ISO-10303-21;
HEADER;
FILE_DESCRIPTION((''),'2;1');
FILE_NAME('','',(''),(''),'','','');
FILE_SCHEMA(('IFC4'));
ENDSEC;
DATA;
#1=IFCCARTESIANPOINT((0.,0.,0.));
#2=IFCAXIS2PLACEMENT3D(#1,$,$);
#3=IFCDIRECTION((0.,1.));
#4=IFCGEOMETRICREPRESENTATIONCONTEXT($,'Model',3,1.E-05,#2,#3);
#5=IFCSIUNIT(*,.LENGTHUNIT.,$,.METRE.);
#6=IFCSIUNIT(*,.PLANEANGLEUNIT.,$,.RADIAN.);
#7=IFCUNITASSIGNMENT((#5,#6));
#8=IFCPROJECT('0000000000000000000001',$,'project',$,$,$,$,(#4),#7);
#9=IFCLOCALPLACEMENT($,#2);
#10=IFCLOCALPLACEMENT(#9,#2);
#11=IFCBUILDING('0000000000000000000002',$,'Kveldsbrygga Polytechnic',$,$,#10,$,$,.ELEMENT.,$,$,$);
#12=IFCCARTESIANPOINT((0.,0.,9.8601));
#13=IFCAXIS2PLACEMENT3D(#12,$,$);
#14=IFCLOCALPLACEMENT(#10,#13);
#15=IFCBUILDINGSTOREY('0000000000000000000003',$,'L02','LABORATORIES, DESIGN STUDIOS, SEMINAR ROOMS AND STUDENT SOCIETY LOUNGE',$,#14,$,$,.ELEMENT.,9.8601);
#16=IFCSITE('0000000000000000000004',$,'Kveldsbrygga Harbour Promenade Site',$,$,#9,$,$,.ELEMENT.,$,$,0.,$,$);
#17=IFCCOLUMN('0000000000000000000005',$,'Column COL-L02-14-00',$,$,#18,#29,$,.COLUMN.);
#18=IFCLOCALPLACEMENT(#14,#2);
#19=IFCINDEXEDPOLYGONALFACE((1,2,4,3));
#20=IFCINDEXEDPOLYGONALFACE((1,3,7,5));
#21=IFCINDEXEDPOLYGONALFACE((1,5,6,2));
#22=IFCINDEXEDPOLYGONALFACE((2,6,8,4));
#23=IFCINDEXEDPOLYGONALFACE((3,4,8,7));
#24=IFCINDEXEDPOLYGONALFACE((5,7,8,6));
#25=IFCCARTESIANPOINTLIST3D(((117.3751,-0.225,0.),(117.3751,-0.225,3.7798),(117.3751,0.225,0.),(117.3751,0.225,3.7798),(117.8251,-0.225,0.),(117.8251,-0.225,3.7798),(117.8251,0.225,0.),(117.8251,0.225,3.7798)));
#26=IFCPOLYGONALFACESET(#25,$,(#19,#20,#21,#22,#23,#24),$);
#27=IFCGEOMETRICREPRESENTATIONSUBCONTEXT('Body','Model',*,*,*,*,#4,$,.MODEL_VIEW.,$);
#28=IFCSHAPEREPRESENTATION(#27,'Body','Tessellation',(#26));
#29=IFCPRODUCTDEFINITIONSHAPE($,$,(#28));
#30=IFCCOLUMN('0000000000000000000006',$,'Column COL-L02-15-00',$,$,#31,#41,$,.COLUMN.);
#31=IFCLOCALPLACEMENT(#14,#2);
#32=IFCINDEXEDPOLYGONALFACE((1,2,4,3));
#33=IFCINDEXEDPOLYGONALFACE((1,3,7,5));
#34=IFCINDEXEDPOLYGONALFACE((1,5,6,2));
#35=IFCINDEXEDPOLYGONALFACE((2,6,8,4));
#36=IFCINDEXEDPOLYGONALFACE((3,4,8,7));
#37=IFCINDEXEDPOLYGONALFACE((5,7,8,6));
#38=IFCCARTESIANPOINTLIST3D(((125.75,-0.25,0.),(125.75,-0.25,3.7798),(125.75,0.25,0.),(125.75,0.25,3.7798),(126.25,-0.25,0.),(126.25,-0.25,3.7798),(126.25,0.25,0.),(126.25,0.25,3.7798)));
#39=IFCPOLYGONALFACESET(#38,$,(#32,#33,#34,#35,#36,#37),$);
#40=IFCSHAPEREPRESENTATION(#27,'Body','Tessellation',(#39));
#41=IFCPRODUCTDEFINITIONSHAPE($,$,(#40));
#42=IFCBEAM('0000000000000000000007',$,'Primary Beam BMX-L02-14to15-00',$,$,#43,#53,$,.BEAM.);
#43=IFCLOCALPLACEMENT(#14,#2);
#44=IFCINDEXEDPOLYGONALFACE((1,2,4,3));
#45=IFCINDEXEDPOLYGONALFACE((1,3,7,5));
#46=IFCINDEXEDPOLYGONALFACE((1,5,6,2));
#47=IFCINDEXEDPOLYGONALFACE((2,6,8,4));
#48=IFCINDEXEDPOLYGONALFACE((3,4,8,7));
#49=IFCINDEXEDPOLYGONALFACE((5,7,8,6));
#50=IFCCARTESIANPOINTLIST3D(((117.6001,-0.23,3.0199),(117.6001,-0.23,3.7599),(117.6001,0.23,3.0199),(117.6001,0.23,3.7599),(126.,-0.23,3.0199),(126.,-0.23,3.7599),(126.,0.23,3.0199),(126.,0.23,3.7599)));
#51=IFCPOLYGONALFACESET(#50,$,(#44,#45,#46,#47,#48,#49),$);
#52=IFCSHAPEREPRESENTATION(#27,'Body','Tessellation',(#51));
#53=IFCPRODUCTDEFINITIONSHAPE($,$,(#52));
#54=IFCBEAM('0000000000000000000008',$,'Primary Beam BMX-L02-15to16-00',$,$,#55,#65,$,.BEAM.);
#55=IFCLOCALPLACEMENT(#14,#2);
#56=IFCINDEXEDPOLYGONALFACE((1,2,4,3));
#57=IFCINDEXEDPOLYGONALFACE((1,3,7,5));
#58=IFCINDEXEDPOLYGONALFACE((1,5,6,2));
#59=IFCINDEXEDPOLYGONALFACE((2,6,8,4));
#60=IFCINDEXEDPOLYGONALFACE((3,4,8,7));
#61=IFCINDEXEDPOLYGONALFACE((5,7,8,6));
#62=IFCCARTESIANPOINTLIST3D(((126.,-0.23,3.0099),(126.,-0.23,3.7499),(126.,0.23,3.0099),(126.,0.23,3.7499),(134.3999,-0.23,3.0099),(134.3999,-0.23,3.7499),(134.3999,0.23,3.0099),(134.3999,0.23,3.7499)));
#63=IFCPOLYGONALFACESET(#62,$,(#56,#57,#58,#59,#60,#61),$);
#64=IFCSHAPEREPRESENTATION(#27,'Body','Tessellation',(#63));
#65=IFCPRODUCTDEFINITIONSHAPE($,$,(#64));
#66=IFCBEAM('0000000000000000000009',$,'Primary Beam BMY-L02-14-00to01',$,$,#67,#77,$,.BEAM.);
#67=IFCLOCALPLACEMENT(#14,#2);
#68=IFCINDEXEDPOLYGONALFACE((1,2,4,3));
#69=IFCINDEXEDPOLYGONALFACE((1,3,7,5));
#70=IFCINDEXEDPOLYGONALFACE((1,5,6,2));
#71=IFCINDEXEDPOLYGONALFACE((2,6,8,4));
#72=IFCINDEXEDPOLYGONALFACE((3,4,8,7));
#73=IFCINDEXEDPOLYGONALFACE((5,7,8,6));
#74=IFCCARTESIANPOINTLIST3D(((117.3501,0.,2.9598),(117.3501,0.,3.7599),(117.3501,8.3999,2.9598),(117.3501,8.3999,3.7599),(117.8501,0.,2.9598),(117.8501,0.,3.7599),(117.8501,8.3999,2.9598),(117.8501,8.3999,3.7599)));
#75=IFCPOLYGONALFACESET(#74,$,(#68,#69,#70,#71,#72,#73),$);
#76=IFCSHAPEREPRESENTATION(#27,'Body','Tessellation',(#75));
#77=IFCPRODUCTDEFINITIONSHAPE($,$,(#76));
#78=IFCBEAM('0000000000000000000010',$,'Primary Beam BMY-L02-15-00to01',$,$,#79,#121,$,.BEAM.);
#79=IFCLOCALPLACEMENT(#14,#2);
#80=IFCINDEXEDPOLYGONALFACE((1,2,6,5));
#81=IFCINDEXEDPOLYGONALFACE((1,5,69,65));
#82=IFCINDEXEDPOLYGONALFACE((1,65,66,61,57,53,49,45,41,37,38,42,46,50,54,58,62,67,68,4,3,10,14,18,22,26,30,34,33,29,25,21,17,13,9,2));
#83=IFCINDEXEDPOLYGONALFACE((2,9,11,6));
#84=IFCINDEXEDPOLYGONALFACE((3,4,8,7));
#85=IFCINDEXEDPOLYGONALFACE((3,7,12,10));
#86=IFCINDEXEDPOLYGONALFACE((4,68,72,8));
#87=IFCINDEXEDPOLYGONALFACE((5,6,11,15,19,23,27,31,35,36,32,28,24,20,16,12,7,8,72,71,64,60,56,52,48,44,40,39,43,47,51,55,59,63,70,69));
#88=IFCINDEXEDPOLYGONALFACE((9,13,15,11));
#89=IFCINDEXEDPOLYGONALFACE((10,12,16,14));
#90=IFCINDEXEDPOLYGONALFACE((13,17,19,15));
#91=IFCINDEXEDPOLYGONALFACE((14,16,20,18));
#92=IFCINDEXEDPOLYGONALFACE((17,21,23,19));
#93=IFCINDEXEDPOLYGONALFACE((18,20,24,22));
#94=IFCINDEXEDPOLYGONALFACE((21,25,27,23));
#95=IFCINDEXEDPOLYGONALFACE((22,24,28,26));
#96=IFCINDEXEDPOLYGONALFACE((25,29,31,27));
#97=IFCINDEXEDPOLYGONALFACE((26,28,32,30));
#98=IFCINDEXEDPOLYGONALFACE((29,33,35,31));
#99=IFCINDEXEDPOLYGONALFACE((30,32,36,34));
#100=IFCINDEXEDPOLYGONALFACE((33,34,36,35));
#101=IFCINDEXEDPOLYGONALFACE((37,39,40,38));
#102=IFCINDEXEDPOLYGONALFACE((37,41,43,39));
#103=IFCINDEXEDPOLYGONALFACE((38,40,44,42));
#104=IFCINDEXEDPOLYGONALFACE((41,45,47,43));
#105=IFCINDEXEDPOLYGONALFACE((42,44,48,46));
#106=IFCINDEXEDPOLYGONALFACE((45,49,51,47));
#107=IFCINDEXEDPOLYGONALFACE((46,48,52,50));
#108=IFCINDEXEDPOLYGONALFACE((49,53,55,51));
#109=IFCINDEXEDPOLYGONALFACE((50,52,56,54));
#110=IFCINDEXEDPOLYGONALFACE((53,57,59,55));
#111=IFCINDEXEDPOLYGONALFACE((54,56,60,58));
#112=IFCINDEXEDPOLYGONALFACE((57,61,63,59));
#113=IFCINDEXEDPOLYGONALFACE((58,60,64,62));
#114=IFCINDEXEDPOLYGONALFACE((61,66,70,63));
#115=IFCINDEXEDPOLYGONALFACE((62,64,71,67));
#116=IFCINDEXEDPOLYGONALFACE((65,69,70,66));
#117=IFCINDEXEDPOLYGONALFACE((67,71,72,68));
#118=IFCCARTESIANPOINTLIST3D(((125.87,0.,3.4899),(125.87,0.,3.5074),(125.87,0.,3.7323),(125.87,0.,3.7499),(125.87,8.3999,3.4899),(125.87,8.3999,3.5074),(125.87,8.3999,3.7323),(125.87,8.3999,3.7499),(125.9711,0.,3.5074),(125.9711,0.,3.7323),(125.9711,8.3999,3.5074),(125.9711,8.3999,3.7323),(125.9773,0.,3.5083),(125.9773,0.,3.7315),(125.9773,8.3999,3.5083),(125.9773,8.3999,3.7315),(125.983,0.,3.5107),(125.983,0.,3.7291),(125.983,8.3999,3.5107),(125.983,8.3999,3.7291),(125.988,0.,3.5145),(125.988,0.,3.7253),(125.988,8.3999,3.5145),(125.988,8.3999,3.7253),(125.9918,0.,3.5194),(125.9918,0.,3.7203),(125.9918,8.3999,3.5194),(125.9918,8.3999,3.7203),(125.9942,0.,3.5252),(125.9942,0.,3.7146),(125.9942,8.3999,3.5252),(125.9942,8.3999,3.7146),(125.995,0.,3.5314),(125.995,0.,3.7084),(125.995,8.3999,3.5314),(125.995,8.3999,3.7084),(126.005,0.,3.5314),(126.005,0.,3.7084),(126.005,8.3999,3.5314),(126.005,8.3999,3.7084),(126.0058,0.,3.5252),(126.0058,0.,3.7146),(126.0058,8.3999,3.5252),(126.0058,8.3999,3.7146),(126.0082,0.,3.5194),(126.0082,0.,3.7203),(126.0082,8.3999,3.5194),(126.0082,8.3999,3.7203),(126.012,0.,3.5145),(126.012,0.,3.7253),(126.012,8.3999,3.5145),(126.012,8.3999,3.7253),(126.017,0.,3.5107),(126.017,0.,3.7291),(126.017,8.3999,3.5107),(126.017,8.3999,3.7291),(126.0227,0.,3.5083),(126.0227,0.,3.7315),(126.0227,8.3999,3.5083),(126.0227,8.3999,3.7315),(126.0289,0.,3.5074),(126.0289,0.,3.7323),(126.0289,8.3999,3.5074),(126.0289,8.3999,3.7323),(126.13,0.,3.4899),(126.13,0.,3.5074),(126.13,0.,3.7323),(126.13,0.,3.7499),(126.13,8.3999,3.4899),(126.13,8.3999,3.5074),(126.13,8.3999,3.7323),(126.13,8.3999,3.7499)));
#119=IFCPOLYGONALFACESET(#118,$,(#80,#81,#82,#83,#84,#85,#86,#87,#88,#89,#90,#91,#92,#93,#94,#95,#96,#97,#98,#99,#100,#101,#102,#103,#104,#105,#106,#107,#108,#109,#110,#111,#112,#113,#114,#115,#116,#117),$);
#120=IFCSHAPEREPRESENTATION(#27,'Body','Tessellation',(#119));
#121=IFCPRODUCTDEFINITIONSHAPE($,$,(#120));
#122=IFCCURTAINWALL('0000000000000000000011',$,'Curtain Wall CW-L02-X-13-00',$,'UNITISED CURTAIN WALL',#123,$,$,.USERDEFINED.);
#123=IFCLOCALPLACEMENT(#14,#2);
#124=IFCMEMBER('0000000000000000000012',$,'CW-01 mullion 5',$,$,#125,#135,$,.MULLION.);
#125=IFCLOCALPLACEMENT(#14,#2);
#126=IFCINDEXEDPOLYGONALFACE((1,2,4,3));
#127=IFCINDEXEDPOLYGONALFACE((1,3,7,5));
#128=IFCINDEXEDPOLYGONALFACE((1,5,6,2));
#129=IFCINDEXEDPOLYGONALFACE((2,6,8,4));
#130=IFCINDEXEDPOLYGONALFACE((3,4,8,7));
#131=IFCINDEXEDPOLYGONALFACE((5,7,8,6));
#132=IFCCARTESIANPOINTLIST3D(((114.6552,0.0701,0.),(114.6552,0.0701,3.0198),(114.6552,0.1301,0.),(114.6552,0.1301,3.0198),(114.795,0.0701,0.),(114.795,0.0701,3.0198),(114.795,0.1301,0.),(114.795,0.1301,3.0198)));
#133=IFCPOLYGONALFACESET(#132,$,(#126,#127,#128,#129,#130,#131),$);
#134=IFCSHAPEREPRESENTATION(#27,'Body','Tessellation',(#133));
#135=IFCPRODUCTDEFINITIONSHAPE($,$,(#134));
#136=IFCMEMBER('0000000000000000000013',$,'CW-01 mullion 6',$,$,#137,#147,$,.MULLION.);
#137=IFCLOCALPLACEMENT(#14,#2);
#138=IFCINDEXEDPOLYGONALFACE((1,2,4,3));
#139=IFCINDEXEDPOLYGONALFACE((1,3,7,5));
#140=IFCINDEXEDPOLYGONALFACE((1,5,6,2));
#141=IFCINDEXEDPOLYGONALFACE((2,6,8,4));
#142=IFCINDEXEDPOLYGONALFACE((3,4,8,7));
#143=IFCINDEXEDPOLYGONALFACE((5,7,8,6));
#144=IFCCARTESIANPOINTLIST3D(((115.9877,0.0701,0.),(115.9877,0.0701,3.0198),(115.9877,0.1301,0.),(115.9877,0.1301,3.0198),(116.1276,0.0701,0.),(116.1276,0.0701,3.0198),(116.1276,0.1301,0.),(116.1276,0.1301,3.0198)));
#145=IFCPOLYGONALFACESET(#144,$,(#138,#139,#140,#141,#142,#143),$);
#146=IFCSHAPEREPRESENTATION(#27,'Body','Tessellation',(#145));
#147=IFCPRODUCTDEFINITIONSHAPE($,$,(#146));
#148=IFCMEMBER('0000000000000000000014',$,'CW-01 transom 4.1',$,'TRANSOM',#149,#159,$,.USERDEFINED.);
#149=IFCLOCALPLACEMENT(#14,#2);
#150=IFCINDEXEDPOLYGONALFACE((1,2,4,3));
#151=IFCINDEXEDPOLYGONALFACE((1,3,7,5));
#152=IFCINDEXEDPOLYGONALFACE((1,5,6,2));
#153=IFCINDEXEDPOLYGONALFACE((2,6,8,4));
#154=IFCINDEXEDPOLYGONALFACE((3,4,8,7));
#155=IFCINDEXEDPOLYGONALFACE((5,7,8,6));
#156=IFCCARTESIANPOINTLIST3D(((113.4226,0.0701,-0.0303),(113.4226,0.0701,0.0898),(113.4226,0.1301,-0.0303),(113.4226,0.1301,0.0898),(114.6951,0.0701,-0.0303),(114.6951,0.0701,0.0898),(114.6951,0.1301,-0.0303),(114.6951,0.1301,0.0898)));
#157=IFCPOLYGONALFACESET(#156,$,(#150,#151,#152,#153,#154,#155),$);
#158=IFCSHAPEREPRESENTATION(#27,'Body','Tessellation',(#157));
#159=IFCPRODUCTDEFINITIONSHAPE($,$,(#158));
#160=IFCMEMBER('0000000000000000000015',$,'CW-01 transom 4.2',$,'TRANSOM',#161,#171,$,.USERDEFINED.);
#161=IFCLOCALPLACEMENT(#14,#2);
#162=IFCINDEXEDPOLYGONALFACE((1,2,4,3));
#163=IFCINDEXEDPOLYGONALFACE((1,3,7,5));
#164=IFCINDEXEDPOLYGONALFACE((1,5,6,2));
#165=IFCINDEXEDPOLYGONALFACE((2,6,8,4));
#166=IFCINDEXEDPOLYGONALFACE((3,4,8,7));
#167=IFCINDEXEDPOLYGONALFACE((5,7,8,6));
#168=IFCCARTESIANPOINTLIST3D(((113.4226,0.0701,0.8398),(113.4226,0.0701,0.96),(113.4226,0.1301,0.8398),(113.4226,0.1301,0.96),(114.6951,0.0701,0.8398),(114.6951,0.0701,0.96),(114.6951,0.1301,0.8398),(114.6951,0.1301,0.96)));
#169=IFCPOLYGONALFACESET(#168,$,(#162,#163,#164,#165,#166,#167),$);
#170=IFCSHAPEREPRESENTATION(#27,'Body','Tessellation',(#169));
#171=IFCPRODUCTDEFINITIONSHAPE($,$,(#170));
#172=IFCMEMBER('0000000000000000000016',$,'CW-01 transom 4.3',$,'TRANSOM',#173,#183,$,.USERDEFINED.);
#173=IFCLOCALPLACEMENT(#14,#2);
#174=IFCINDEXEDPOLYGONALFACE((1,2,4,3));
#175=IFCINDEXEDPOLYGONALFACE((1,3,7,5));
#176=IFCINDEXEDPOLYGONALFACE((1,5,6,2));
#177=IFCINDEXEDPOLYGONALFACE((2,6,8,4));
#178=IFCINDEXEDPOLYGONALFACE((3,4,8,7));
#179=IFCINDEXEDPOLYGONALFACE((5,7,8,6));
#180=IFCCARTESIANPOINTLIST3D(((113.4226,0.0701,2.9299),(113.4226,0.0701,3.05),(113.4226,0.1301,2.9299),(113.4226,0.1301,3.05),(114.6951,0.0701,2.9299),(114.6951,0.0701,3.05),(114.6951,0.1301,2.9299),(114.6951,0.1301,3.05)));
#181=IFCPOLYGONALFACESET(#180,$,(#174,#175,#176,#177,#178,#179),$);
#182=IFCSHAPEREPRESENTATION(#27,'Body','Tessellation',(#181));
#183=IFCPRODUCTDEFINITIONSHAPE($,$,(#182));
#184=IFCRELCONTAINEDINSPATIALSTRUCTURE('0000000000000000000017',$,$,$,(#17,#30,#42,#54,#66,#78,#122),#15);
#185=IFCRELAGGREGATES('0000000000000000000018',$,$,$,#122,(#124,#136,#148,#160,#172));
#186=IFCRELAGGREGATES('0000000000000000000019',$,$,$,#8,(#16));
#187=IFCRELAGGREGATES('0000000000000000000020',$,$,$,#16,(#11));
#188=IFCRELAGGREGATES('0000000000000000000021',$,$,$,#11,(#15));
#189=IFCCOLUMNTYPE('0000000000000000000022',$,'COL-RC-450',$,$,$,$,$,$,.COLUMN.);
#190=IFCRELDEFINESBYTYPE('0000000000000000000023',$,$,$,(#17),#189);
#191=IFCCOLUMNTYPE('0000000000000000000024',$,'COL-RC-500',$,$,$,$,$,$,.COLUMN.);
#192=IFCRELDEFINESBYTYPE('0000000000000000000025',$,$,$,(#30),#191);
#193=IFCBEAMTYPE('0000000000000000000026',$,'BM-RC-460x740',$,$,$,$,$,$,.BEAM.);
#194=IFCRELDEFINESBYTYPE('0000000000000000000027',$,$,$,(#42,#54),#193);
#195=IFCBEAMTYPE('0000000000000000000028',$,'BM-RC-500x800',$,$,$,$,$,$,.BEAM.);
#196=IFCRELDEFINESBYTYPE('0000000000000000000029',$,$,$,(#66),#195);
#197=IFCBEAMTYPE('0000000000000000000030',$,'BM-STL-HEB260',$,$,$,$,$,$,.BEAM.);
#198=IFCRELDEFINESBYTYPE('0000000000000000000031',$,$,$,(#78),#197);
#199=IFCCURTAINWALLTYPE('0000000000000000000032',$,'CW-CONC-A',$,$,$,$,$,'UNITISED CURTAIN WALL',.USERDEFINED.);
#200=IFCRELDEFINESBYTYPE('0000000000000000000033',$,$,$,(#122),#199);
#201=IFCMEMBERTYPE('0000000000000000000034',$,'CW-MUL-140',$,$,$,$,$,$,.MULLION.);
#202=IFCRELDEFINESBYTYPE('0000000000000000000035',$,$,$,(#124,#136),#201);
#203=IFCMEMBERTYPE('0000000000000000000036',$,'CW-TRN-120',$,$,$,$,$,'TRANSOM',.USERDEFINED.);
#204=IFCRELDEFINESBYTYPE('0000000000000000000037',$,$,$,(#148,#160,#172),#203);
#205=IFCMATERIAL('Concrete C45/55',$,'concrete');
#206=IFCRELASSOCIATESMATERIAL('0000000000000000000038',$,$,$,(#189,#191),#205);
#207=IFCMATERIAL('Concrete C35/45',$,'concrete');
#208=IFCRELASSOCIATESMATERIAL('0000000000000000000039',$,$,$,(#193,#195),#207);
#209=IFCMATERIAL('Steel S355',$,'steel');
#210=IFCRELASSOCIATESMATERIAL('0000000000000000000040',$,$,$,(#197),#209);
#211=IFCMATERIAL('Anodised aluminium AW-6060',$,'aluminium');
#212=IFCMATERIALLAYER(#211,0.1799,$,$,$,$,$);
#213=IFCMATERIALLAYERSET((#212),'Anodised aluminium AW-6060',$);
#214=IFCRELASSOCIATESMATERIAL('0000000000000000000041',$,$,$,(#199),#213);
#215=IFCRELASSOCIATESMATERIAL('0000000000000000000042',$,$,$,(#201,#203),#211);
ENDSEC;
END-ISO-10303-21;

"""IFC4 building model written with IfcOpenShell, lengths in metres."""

from ifc_helpers import new_model, si_unit, direction, frame, origin, origin_2d, place, context, subcontext, project, spatial, rectangle, i_section, extrude, material, layer, layer_set, material_profile, profile_set, type_object, element, aggregate, save


model = new_model("IFC4")

# Units and contexts
model_context = context("Model", 3, precision=1e-05, world=origin(), true_north=direction((0.0, 1.0)))
body_context = subcontext(model_context, "Body", "Model", "MODEL_VIEW")
ifc_project = project(units=[si_unit("LENGTHUNIT", "METRE"), si_unit("PLANEANGLEUNIT", "RADIAN")], contexts=[model_context])

# Site, building, storey
site_placement = place(None, origin())
site = spatial("IfcSite", under=ifc_project, at=site_placement, Name="Kveldsbrygga Harbour Promenade Site", CompositionType="ELEMENT", RefElevation=0.0)
building_placement = place(site_placement, origin())
building = spatial("IfcBuilding", under=site, at=building_placement, Name="Kveldsbrygga Polytechnic", CompositionType="ELEMENT")
storey_placement = place(building_placement, frame((0.0, 0.0, 9.8601)))
storey = spatial("IfcBuildingStorey", under=building, at=storey_placement, Name="L02", Description="LABORATORIES, DESIGN STUDIOS, SEMINAR ROOMS AND STUDENT SOCIETY LOUNGE", CompositionType="ELEMENT", Elevation=9.8601)

# Columns
ifc_material_1 = material(Name="Concrete C45/55", Category="concrete")
ifc_material_profile_1 = material_profile(ifc_material_1, rectangle(XDim=0.45, YDim=0.45, at=origin_2d()), Name="RC 450x450")
ifc_profile_set_1 = profile_set([ifc_material_profile_1], Name="Concrete C45/55")
column_type_1 = type_object("IfcColumnType", Name="COL-RC-450", PredefinedType="COLUMN", material=ifc_profile_set_1)
column_1_placement = place(storey_placement, frame((117.6001, 0.0, 0.0), z_axis=(0.0, 0.0, 1.0), x_axis=(1.0, 0.0, 0.0)))
element("IfcColumn", 1, at=column_1_placement, inside=storey, type_object=column_type_1, Name="Column COL-L02-14-00", PredefinedType="COLUMN", context=body_context, shape_type="SweptSolid", body=[
    extrude(rectangle(XDim=0.45, YDim=0.45, at=origin_2d()), origin(), (0.0, 0.0, 1.0), 3.7798),
])
ifc_material_profile_2 = material_profile(ifc_material_1, rectangle(XDim=0.5, YDim=0.5, at=origin_2d()), Name="RC 500x500")
ifc_profile_set_2 = profile_set([ifc_material_profile_2], Name="Concrete C45/55")
column_type_2 = type_object("IfcColumnType", Name="COL-RC-500", PredefinedType="COLUMN", material=ifc_profile_set_2)
column_2_placement = place(storey_placement, frame((126.0, 0.0, 0.0), z_axis=(0.0, 0.0, 1.0), x_axis=(1.0, 0.0, 0.0)))
element("IfcColumn", 2, at=column_2_placement, inside=storey, type_object=column_type_2, Name="Column COL-L02-15-00", PredefinedType="COLUMN", context=body_context, shape_type="SweptSolid", body=[
    extrude(rectangle(XDim=0.5, YDim=0.5, at=origin_2d()), origin(), (0.0, 0.0, 1.0), 3.7798),
])

# Beams
ifc_material_2 = material(Name="Concrete C35/45", Category="concrete")
ifc_material_profile_3 = material_profile(ifc_material_2, rectangle(XDim=0.46, YDim=0.74, at=origin_2d()), Name="RC 460x740")
ifc_profile_set_3 = profile_set([ifc_material_profile_3], Name="Concrete C35/45")
beam_type_1 = type_object("IfcBeamType", Name="BM-RC-460x740", PredefinedType="BEAM", material=ifc_profile_set_3)
for number, where, z_axis, x_axis, name in (
    (3, (117.6001, 0.0, 3.3899), (1.0, 0.0, 0.0), (0.0, 1.0, 0.0), "Primary Beam BMX-L02-14to15-00"),
    (4, (126.0, 0.0, 3.3799), (1.0, 0.0, 0.0), (0.0, 1.0, 0.0), "Primary Beam BMX-L02-15to16-00"),
):
    element("IfcBeam", number, at=place(storey_placement, frame(where, z_axis=z_axis, x_axis=x_axis)), inside=storey, type_object=beam_type_1, Name=name, PredefinedType="BEAM", context=body_context, shape_type="SweptSolid", body=[
        extrude(rectangle(XDim=0.46, YDim=0.74, at=origin_2d()), origin(), (0.0, 0.0, 1.0), 8.3999),
    ])
ifc_material_profile_4 = material_profile(ifc_material_2, rectangle(XDim=0.5, YDim=0.8, at=origin_2d()), Name="RC 500x800")
ifc_profile_set_4 = profile_set([ifc_material_profile_4], Name="Concrete C35/45")
beam_type_2 = type_object("IfcBeamType", Name="BM-RC-500x800", PredefinedType="BEAM", material=ifc_profile_set_4)
beam_1_placement = place(storey_placement, frame((117.6001, 0.0, 3.3599), z_axis=(0.0, 1.0, 0.0), x_axis=(-1.0, 0.0, 0.0)))
element("IfcBeam", 5, at=beam_1_placement, inside=storey, type_object=beam_type_2, Name="Primary Beam BMY-L02-14-00to01", PredefinedType="BEAM", context=body_context, shape_type="SweptSolid", body=[
    extrude(rectangle(XDim=0.5, YDim=0.8, at=origin_2d()), origin(), (0.0, 0.0, 1.0), 8.3999),
])
ifc_material_3 = material(Name="Steel S355", Category="steel")
ifc_material_profile_5 = material_profile(ifc_material_3, i_section(OverallWidth=0.26, OverallDepth=0.26, WebThickness=0.01, FlangeThickness=0.0176, FilletRadius=0.0239, at=origin_2d()), Name="HEB 260")
ifc_profile_set_5 = profile_set([ifc_material_profile_5], Name="Steel S355")
beam_type_3 = type_object("IfcBeamType", Name="BM-STL-HEB260", PredefinedType="BEAM", material=ifc_profile_set_5)
beam_2_placement = place(storey_placement, frame((126.0, 0.0, 3.6199), z_axis=(0.0, 1.0, 0.0), x_axis=(-1.0, 0.0, 0.0)))
element("IfcBeam", 6, at=beam_2_placement, inside=storey, type_object=beam_type_3, Name="Primary Beam BMY-L02-15-00to01", PredefinedType="BEAM", context=body_context, shape_type="SweptSolid", body=[
    extrude(i_section(OverallWidth=0.26, OverallDepth=0.26, WebThickness=0.01, FlangeThickness=0.0176, FilletRadius=0.0239, at=origin_2d()), origin(), (0.0, 0.0, 1.0), 8.3999),
])

# Curtain wall, members
ifc_material_4 = material(Name="Anodised aluminium AW-6060", Category="aluminium")
ifc_layer_1 = layer(ifc_material_4, 0.1799)
ifc_layer_set_1 = layer_set([ifc_layer_1], Name="Anodised aluminium AW-6060")
curtain_wall_type = type_object("IfcCurtainWallType", Name="CW-CONC-A", ElementType="UNITISED CURTAIN WALL", PredefinedType="USERDEFINED", material=ifc_layer_set_1)
curtain_wall_placement = place(storey_placement, origin())
curtain_wall = element("IfcCurtainWall", 7, at=curtain_wall_placement, inside=storey, type_object=curtain_wall_type, Name="Curtain Wall CW-L02-X-13-00", ObjectType="UNITISED CURTAIN WALL", PredefinedType="USERDEFINED")
ifc_material_profile_6 = material_profile(ifc_material_4, rectangle(XDim=0.0601, YDim=0.1399, at=origin_2d()), Name="ALU 60x140")
ifc_profile_set_6 = profile_set([ifc_material_profile_6], Name="Anodised aluminium AW-6060")
member_type_1 = type_object("IfcMemberType", Name="CW-MUL-140", PredefinedType="MULLION", material=ifc_profile_set_6)
member_1_placement = place(storey_placement, frame((114.7251, 0.1001, 0.0), z_axis=(0.0, 0.0, 1.0), x_axis=(0.0, 1.0, 0.0)))
member_1 = element("IfcMember", 8, at=member_1_placement, type_object=member_type_1, Name="CW-01 mullion 5", PredefinedType="MULLION", context=body_context, shape_type="SweptSolid", body=[
    extrude(rectangle(XDim=0.0601, YDim=0.1399, at=origin_2d()), origin(), (0.0, 0.0, 1.0), 3.0198),
])
member_2_placement = place(storey_placement, frame((116.0576, 0.1001, 0.0), z_axis=(0.0, 0.0, 1.0), x_axis=(0.0, 1.0, 0.0)))
member_2 = element("IfcMember", 9, at=member_2_placement, type_object=member_type_1, Name="CW-01 mullion 6", PredefinedType="MULLION", context=body_context, shape_type="SweptSolid", body=[
    extrude(rectangle(XDim=0.0601, YDim=0.1399, at=origin_2d()), origin(), (0.0, 0.0, 1.0), 3.0198),
])
ifc_material_profile_7 = material_profile(ifc_material_4, rectangle(XDim=0.0601, YDim=0.1201, at=origin_2d()), Name="ALU 60x120")
ifc_profile_set_7 = profile_set([ifc_material_profile_7], Name="Anodised aluminium AW-6060")
member_type_2 = type_object("IfcMemberType", Name="CW-TRN-120", ElementType="TRANSOM", PredefinedType="USERDEFINED", material=ifc_profile_set_7)
member_3_placement = place(storey_placement, frame((113.4226, 0.1001, 0.0298), z_axis=(1.0, 0.0, 0.0), x_axis=(0.0, 1.0, 0.0)))
member_3 = element("IfcMember", 10, at=member_3_placement, type_object=member_type_2, Name="CW-01 transom 4.1", ObjectType="TRANSOM", PredefinedType="USERDEFINED", context=body_context, shape_type="SweptSolid", body=[
    extrude(rectangle(XDim=0.0601, YDim=0.1201, at=origin_2d()), origin(), (0.0, 0.0, 1.0), 1.2725),
])
member_4_placement = place(storey_placement, frame((113.4226, 0.1001, 0.8999), z_axis=(1.0, 0.0, 0.0), x_axis=(0.0, 1.0, 0.0)))
member_4 = element("IfcMember", 11, at=member_4_placement, type_object=member_type_2, Name="CW-01 transom 4.2", ObjectType="TRANSOM", PredefinedType="USERDEFINED", context=body_context, shape_type="SweptSolid", body=[
    extrude(rectangle(XDim=0.0601, YDim=0.1201, at=origin_2d()), origin(), (0.0, 0.0, 1.0), 1.2725),
])
member_5_placement = place(storey_placement, frame((113.4226, 0.1001, 2.99), z_axis=(1.0, 0.0, 0.0), x_axis=(0.0, 1.0, 0.0)))
member_5 = element("IfcMember", 12, at=member_5_placement, type_object=member_type_2, Name="CW-01 transom 4.3", ObjectType="TRANSOM", PredefinedType="USERDEFINED", context=body_context, shape_type="SweptSolid", body=[
    extrude(rectangle(XDim=0.0601, YDim=0.1201, at=origin_2d()), origin(), (0.0, 0.0, 1.0), 1.2725),
])
aggregate(curtain_wall, [member_1, member_2, member_3, member_4, member_5])

save(model, "model.ifc")
